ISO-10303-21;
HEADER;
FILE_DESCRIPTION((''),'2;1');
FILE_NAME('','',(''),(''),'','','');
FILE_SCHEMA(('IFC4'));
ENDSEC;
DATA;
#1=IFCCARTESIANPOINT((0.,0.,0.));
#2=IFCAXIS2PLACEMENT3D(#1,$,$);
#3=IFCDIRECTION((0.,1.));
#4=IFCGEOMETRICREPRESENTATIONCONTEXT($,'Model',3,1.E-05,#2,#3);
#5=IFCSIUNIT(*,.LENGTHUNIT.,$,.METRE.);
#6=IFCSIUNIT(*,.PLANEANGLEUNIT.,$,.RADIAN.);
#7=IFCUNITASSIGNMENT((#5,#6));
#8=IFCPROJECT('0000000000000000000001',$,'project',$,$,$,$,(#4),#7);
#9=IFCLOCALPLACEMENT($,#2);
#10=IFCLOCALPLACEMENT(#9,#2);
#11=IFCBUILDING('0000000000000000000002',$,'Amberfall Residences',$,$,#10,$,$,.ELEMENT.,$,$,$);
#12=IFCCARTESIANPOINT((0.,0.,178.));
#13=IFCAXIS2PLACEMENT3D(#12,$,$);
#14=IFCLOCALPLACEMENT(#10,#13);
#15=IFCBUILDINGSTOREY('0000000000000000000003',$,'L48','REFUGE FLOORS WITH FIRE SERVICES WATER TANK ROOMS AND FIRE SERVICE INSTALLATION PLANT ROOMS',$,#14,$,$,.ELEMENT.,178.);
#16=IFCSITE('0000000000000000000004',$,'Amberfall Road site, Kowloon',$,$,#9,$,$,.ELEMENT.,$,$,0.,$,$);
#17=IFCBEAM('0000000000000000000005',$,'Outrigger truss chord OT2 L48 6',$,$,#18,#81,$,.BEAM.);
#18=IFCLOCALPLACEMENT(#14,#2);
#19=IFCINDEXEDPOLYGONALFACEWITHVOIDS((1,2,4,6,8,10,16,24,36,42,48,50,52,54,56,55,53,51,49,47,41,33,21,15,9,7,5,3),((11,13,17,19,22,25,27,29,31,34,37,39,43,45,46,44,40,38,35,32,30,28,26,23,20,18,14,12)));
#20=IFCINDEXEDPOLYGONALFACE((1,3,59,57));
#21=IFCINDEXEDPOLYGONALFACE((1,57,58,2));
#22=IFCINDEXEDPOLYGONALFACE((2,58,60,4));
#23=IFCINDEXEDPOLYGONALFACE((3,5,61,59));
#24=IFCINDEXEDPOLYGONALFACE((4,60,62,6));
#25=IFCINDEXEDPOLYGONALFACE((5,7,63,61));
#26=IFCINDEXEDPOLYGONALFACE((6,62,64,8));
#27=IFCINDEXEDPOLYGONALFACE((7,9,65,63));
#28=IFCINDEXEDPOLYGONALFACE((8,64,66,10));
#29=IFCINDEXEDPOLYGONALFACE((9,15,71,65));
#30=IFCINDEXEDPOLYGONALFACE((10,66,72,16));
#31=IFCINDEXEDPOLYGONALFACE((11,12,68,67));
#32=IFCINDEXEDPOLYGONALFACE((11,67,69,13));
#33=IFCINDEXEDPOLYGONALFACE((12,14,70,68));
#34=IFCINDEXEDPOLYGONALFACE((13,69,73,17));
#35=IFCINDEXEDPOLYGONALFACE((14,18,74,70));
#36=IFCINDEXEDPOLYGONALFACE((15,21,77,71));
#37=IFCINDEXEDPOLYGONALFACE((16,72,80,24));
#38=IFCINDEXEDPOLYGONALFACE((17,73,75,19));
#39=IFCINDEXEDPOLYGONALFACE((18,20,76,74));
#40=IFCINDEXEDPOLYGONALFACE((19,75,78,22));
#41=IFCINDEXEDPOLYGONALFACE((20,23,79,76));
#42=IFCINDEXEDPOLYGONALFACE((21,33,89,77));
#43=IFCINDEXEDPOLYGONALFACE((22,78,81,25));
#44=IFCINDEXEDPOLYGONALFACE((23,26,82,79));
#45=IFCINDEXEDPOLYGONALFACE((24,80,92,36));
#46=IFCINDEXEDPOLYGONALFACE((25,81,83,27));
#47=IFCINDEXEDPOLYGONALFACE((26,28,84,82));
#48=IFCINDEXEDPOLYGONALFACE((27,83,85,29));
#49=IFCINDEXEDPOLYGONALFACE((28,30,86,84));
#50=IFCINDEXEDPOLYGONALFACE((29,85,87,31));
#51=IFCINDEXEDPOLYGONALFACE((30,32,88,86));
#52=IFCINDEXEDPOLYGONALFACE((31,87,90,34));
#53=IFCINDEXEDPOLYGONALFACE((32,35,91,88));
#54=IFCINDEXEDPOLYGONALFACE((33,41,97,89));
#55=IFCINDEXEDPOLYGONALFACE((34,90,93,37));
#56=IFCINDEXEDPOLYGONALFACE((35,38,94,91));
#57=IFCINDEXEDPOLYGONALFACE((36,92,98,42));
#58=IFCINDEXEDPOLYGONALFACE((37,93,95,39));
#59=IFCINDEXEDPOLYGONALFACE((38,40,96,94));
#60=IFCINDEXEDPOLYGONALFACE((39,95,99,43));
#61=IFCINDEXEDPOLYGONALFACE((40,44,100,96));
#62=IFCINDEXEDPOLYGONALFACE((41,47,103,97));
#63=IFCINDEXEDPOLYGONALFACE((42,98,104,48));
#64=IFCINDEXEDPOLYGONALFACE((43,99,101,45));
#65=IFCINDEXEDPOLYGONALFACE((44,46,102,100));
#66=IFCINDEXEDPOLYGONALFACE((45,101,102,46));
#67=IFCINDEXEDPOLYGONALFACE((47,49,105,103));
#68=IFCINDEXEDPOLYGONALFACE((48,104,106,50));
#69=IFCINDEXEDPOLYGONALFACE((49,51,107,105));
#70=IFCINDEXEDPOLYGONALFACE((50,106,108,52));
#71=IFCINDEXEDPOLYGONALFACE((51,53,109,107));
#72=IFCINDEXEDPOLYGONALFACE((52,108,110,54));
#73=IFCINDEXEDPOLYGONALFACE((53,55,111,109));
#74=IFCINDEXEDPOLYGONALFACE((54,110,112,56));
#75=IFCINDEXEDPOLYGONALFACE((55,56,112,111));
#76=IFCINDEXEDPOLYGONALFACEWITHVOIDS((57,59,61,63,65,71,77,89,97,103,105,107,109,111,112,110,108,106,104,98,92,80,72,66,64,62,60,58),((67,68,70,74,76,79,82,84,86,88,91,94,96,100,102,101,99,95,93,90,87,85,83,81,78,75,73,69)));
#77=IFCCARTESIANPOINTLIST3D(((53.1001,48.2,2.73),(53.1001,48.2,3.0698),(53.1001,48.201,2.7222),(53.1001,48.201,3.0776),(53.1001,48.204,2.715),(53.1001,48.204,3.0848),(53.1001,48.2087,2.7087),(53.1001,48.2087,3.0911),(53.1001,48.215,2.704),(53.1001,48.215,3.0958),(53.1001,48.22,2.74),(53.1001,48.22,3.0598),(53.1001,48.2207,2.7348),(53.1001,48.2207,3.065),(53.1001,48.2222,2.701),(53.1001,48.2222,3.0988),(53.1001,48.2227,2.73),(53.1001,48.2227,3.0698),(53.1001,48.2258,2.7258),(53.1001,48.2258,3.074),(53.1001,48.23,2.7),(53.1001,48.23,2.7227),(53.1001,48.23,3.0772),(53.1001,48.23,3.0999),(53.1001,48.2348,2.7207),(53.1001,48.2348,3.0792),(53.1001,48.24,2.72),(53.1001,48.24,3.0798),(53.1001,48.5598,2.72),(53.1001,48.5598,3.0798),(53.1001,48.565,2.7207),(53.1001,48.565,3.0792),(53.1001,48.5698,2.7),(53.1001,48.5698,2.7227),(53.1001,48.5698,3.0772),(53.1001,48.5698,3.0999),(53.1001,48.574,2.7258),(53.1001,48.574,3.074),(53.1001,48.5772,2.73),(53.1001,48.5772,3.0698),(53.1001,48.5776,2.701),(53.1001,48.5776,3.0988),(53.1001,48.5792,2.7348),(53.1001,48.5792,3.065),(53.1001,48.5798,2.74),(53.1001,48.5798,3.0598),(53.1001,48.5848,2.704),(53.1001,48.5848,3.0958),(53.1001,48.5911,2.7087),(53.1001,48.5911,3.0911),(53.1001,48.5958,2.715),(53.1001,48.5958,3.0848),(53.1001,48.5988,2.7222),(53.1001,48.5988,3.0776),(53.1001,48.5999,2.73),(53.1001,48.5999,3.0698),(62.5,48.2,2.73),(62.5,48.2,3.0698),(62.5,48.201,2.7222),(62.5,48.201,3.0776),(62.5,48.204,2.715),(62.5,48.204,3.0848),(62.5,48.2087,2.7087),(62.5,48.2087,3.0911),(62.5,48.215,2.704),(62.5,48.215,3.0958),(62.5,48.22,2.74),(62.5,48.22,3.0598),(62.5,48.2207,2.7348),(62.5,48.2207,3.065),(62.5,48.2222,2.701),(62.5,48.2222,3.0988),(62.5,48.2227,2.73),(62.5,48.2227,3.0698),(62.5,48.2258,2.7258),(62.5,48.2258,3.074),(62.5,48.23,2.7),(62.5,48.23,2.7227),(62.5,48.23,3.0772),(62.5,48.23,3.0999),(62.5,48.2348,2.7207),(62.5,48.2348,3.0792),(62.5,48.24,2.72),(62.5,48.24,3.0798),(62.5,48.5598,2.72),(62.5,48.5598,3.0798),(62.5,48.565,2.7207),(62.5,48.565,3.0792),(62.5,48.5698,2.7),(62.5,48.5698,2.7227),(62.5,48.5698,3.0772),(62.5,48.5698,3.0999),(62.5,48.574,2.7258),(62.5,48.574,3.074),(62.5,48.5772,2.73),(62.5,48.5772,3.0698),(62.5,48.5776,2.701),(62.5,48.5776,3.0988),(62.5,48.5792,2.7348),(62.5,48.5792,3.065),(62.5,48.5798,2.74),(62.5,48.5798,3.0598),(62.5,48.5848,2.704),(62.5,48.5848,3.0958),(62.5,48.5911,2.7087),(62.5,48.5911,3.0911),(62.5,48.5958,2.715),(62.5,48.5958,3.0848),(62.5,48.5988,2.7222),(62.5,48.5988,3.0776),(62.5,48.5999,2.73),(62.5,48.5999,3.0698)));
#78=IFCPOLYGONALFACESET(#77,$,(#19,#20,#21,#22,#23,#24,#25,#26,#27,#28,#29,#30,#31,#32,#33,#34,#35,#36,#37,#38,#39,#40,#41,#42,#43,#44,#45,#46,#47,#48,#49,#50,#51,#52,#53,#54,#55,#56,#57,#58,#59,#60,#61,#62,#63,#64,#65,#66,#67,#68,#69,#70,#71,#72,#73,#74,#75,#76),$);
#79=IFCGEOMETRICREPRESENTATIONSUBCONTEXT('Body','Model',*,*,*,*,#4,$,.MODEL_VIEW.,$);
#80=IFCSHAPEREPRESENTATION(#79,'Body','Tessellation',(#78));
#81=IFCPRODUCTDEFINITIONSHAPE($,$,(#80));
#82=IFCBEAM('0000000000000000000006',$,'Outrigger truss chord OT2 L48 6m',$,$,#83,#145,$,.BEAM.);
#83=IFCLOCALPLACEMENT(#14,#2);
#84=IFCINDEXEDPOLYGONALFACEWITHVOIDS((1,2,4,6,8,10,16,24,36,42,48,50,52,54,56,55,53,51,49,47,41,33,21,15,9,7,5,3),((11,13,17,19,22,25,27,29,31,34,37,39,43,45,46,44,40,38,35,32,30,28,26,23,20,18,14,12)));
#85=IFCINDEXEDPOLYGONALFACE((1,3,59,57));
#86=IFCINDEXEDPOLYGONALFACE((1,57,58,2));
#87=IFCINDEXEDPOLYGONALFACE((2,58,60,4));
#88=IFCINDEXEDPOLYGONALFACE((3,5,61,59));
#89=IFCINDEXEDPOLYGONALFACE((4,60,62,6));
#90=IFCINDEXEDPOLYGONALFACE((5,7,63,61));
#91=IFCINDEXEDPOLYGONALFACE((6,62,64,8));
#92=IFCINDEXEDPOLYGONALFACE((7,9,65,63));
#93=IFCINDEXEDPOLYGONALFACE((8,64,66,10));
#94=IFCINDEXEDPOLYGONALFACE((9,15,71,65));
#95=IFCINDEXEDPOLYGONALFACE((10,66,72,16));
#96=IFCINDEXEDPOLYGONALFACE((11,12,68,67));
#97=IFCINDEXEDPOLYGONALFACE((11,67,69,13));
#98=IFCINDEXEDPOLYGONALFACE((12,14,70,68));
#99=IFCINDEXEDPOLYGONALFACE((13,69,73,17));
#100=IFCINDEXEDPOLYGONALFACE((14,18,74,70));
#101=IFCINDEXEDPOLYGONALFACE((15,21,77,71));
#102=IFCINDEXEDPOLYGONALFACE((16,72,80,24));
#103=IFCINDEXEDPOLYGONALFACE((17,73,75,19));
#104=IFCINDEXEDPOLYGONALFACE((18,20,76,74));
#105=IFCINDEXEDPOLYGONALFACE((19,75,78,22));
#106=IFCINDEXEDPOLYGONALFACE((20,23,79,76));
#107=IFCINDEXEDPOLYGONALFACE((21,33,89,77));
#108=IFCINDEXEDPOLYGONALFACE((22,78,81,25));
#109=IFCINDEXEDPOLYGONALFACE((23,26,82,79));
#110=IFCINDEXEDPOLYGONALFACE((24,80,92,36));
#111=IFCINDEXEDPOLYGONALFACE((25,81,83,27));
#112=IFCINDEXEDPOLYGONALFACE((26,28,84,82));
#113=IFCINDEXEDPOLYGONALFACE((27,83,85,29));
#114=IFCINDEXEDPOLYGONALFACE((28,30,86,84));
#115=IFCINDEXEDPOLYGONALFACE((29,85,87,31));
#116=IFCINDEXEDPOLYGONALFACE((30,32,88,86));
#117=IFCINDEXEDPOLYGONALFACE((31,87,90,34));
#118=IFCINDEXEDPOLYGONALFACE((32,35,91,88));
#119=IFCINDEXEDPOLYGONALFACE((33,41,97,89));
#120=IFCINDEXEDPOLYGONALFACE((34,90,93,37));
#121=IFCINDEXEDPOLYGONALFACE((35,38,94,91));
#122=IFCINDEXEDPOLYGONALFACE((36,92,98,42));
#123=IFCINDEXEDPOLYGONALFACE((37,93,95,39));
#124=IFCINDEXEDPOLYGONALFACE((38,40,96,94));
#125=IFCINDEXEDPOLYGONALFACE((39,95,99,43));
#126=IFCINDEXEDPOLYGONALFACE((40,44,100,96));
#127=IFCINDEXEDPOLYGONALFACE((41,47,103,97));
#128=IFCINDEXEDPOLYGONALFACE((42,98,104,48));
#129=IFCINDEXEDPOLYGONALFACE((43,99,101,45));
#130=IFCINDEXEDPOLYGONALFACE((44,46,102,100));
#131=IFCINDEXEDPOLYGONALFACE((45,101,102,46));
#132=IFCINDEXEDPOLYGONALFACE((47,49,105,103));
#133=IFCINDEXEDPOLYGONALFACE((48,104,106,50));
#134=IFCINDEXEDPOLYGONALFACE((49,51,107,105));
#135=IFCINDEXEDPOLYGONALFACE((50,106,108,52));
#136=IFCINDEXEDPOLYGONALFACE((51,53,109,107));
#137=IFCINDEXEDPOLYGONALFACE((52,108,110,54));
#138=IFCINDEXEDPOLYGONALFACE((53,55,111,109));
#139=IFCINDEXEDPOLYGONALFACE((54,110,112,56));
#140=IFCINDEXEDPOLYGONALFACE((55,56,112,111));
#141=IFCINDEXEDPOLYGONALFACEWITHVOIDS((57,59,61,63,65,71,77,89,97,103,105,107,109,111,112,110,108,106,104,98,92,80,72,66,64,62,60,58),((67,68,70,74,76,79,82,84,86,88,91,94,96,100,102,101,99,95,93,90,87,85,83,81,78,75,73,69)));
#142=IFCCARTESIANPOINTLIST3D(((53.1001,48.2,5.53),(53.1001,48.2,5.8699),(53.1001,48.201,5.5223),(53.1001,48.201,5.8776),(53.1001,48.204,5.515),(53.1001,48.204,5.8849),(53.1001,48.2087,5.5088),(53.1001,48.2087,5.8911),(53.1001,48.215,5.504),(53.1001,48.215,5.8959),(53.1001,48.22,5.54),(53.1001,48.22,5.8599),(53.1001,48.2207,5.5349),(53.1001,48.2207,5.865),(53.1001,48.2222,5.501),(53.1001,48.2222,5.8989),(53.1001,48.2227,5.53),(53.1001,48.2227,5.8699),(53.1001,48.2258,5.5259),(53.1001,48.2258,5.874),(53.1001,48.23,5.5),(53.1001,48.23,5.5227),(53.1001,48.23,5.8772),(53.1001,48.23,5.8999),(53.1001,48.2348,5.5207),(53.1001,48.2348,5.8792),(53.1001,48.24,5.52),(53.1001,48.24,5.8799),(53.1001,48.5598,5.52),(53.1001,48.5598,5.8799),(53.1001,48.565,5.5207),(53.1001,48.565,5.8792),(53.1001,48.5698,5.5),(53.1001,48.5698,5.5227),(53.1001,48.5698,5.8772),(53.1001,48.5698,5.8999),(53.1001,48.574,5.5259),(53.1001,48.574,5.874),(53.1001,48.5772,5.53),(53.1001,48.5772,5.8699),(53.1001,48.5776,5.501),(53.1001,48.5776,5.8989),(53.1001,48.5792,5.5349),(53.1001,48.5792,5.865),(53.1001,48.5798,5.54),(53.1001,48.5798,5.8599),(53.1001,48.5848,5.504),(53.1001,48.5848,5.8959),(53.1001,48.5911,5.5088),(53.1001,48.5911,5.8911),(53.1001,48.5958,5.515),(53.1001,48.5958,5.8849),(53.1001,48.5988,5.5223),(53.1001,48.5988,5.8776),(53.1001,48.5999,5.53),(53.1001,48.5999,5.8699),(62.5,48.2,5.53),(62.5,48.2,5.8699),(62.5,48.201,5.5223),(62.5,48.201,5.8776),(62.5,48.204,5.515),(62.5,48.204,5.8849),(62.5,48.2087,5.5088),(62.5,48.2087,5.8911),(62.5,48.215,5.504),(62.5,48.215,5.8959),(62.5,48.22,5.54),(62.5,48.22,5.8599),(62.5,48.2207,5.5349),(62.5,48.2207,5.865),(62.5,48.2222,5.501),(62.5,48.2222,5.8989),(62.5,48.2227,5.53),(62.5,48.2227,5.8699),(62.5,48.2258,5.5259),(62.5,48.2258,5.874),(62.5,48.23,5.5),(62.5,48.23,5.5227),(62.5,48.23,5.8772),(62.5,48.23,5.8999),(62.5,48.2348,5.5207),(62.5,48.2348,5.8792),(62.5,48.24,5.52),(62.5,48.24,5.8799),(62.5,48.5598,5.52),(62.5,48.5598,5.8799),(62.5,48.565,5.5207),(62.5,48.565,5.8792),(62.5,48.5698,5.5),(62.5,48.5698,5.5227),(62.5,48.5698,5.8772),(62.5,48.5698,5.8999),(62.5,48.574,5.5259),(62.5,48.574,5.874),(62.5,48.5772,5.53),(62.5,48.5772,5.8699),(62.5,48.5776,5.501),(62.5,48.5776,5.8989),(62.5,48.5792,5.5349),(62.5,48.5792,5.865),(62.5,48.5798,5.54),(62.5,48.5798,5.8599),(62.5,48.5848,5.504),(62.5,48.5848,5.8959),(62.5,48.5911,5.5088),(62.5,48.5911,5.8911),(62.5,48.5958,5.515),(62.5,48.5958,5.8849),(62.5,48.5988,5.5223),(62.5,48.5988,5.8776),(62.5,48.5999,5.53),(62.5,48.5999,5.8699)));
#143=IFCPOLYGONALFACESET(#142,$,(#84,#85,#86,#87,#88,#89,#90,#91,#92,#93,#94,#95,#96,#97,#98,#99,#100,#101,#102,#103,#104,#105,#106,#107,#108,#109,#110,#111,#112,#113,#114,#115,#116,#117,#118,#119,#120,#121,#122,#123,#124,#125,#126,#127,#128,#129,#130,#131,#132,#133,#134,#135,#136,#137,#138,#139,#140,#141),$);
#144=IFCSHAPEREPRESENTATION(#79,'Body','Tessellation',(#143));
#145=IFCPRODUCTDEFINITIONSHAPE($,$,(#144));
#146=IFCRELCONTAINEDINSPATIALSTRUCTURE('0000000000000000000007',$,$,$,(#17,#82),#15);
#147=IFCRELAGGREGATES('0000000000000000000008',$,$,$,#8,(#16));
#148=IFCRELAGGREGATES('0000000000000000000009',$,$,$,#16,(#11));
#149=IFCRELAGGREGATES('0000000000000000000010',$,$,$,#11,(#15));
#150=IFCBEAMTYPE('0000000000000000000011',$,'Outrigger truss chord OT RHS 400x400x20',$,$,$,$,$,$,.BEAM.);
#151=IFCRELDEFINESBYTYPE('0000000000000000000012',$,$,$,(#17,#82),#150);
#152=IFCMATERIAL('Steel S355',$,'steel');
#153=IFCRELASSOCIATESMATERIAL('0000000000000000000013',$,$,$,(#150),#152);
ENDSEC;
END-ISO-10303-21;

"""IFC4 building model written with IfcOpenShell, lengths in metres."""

from ifc_helpers import new_model, si_unit, direction, frame, origin, origin_2d, place, context, subcontext, project, spatial, hollow_rectangle, extrude, material, material_profile, profile_set, type_object, element, save


model = new_model("IFC4")

# Units and contexts
model_context = context("Model", 3, precision=1e-05, world=origin(), true_north=direction((0.0, 1.0)))
body_context = subcontext(model_context, "Body", "Model", "MODEL_VIEW")
ifc_project = project(units=[si_unit("LENGTHUNIT", "METRE"), si_unit("PLANEANGLEUNIT", "RADIAN")], contexts=[model_context])

# Site, building, storey
site_placement = place(None, origin())
site = spatial("IfcSite", under=ifc_project, at=site_placement, Name="Amberfall Road site, Kowloon", CompositionType="ELEMENT", RefElevation=0.0)
building_placement = place(site_placement, origin())
building = spatial("IfcBuilding", under=site, at=building_placement, Name="Amberfall Residences", CompositionType="ELEMENT")
storey_placement = place(building_placement, frame((0.0, 0.0, 178.0)))
storey = spatial("IfcBuildingStorey", under=building, at=storey_placement, Name="L48", Description="REFUGE FLOORS WITH FIRE SERVICES WATER TANK ROOMS AND FIRE SERVICE INSTALLATION PLANT ROOMS", CompositionType="ELEMENT", Elevation=178.0)

# Shared definitions
ifc_material_1 = material(Name="Steel S355", Category="steel")

# Beams
ifc_material_profile_1 = material_profile(ifc_material_1, hollow_rectangle(XDim=0.3999, YDim=0.3999, WallThickness=0.02, InnerFilletRadius=0.02, OuterFilletRadius=0.03, at=origin_2d()), Name="RHS 400x400x20")
ifc_profile_set_1 = profile_set([ifc_material_profile_1], Name="Steel S355")
beam_type_1 = type_object("IfcBeamType", Name="Outrigger truss chord OT RHS 400x400x20", PredefinedType="BEAM", material=ifc_profile_set_1)
for number, where, z_axis, x_axis, name in (
    (1, (53.1001, 48.3999, 2.8999), (1.0, 0.0, 0.0), (0.0, 1.0, 0.0), "Outrigger truss chord OT2 L48 6"),
    (2, (53.1001, 48.3999, 5.7), (1.0, 0.0, 0.0), (0.0, 1.0, 0.0), "Outrigger truss chord OT2 L48 6m"),
):
    element("IfcBeam", number, at=place(storey_placement, frame(where, z_axis=z_axis, x_axis=x_axis)), inside=storey, type_object=beam_type_1, Name=name, PredefinedType="BEAM", context=body_context, shape_type="SweptSolid", body=[
        extrude(hollow_rectangle(XDim=0.3999, YDim=0.3999, WallThickness=0.02, InnerFilletRadius=0.02, OuterFilletRadius=0.03, at=origin_2d()), origin(), (0.0, 0.0, 1.0), 9.3999),
    ])

save(model, "model.ifc")
